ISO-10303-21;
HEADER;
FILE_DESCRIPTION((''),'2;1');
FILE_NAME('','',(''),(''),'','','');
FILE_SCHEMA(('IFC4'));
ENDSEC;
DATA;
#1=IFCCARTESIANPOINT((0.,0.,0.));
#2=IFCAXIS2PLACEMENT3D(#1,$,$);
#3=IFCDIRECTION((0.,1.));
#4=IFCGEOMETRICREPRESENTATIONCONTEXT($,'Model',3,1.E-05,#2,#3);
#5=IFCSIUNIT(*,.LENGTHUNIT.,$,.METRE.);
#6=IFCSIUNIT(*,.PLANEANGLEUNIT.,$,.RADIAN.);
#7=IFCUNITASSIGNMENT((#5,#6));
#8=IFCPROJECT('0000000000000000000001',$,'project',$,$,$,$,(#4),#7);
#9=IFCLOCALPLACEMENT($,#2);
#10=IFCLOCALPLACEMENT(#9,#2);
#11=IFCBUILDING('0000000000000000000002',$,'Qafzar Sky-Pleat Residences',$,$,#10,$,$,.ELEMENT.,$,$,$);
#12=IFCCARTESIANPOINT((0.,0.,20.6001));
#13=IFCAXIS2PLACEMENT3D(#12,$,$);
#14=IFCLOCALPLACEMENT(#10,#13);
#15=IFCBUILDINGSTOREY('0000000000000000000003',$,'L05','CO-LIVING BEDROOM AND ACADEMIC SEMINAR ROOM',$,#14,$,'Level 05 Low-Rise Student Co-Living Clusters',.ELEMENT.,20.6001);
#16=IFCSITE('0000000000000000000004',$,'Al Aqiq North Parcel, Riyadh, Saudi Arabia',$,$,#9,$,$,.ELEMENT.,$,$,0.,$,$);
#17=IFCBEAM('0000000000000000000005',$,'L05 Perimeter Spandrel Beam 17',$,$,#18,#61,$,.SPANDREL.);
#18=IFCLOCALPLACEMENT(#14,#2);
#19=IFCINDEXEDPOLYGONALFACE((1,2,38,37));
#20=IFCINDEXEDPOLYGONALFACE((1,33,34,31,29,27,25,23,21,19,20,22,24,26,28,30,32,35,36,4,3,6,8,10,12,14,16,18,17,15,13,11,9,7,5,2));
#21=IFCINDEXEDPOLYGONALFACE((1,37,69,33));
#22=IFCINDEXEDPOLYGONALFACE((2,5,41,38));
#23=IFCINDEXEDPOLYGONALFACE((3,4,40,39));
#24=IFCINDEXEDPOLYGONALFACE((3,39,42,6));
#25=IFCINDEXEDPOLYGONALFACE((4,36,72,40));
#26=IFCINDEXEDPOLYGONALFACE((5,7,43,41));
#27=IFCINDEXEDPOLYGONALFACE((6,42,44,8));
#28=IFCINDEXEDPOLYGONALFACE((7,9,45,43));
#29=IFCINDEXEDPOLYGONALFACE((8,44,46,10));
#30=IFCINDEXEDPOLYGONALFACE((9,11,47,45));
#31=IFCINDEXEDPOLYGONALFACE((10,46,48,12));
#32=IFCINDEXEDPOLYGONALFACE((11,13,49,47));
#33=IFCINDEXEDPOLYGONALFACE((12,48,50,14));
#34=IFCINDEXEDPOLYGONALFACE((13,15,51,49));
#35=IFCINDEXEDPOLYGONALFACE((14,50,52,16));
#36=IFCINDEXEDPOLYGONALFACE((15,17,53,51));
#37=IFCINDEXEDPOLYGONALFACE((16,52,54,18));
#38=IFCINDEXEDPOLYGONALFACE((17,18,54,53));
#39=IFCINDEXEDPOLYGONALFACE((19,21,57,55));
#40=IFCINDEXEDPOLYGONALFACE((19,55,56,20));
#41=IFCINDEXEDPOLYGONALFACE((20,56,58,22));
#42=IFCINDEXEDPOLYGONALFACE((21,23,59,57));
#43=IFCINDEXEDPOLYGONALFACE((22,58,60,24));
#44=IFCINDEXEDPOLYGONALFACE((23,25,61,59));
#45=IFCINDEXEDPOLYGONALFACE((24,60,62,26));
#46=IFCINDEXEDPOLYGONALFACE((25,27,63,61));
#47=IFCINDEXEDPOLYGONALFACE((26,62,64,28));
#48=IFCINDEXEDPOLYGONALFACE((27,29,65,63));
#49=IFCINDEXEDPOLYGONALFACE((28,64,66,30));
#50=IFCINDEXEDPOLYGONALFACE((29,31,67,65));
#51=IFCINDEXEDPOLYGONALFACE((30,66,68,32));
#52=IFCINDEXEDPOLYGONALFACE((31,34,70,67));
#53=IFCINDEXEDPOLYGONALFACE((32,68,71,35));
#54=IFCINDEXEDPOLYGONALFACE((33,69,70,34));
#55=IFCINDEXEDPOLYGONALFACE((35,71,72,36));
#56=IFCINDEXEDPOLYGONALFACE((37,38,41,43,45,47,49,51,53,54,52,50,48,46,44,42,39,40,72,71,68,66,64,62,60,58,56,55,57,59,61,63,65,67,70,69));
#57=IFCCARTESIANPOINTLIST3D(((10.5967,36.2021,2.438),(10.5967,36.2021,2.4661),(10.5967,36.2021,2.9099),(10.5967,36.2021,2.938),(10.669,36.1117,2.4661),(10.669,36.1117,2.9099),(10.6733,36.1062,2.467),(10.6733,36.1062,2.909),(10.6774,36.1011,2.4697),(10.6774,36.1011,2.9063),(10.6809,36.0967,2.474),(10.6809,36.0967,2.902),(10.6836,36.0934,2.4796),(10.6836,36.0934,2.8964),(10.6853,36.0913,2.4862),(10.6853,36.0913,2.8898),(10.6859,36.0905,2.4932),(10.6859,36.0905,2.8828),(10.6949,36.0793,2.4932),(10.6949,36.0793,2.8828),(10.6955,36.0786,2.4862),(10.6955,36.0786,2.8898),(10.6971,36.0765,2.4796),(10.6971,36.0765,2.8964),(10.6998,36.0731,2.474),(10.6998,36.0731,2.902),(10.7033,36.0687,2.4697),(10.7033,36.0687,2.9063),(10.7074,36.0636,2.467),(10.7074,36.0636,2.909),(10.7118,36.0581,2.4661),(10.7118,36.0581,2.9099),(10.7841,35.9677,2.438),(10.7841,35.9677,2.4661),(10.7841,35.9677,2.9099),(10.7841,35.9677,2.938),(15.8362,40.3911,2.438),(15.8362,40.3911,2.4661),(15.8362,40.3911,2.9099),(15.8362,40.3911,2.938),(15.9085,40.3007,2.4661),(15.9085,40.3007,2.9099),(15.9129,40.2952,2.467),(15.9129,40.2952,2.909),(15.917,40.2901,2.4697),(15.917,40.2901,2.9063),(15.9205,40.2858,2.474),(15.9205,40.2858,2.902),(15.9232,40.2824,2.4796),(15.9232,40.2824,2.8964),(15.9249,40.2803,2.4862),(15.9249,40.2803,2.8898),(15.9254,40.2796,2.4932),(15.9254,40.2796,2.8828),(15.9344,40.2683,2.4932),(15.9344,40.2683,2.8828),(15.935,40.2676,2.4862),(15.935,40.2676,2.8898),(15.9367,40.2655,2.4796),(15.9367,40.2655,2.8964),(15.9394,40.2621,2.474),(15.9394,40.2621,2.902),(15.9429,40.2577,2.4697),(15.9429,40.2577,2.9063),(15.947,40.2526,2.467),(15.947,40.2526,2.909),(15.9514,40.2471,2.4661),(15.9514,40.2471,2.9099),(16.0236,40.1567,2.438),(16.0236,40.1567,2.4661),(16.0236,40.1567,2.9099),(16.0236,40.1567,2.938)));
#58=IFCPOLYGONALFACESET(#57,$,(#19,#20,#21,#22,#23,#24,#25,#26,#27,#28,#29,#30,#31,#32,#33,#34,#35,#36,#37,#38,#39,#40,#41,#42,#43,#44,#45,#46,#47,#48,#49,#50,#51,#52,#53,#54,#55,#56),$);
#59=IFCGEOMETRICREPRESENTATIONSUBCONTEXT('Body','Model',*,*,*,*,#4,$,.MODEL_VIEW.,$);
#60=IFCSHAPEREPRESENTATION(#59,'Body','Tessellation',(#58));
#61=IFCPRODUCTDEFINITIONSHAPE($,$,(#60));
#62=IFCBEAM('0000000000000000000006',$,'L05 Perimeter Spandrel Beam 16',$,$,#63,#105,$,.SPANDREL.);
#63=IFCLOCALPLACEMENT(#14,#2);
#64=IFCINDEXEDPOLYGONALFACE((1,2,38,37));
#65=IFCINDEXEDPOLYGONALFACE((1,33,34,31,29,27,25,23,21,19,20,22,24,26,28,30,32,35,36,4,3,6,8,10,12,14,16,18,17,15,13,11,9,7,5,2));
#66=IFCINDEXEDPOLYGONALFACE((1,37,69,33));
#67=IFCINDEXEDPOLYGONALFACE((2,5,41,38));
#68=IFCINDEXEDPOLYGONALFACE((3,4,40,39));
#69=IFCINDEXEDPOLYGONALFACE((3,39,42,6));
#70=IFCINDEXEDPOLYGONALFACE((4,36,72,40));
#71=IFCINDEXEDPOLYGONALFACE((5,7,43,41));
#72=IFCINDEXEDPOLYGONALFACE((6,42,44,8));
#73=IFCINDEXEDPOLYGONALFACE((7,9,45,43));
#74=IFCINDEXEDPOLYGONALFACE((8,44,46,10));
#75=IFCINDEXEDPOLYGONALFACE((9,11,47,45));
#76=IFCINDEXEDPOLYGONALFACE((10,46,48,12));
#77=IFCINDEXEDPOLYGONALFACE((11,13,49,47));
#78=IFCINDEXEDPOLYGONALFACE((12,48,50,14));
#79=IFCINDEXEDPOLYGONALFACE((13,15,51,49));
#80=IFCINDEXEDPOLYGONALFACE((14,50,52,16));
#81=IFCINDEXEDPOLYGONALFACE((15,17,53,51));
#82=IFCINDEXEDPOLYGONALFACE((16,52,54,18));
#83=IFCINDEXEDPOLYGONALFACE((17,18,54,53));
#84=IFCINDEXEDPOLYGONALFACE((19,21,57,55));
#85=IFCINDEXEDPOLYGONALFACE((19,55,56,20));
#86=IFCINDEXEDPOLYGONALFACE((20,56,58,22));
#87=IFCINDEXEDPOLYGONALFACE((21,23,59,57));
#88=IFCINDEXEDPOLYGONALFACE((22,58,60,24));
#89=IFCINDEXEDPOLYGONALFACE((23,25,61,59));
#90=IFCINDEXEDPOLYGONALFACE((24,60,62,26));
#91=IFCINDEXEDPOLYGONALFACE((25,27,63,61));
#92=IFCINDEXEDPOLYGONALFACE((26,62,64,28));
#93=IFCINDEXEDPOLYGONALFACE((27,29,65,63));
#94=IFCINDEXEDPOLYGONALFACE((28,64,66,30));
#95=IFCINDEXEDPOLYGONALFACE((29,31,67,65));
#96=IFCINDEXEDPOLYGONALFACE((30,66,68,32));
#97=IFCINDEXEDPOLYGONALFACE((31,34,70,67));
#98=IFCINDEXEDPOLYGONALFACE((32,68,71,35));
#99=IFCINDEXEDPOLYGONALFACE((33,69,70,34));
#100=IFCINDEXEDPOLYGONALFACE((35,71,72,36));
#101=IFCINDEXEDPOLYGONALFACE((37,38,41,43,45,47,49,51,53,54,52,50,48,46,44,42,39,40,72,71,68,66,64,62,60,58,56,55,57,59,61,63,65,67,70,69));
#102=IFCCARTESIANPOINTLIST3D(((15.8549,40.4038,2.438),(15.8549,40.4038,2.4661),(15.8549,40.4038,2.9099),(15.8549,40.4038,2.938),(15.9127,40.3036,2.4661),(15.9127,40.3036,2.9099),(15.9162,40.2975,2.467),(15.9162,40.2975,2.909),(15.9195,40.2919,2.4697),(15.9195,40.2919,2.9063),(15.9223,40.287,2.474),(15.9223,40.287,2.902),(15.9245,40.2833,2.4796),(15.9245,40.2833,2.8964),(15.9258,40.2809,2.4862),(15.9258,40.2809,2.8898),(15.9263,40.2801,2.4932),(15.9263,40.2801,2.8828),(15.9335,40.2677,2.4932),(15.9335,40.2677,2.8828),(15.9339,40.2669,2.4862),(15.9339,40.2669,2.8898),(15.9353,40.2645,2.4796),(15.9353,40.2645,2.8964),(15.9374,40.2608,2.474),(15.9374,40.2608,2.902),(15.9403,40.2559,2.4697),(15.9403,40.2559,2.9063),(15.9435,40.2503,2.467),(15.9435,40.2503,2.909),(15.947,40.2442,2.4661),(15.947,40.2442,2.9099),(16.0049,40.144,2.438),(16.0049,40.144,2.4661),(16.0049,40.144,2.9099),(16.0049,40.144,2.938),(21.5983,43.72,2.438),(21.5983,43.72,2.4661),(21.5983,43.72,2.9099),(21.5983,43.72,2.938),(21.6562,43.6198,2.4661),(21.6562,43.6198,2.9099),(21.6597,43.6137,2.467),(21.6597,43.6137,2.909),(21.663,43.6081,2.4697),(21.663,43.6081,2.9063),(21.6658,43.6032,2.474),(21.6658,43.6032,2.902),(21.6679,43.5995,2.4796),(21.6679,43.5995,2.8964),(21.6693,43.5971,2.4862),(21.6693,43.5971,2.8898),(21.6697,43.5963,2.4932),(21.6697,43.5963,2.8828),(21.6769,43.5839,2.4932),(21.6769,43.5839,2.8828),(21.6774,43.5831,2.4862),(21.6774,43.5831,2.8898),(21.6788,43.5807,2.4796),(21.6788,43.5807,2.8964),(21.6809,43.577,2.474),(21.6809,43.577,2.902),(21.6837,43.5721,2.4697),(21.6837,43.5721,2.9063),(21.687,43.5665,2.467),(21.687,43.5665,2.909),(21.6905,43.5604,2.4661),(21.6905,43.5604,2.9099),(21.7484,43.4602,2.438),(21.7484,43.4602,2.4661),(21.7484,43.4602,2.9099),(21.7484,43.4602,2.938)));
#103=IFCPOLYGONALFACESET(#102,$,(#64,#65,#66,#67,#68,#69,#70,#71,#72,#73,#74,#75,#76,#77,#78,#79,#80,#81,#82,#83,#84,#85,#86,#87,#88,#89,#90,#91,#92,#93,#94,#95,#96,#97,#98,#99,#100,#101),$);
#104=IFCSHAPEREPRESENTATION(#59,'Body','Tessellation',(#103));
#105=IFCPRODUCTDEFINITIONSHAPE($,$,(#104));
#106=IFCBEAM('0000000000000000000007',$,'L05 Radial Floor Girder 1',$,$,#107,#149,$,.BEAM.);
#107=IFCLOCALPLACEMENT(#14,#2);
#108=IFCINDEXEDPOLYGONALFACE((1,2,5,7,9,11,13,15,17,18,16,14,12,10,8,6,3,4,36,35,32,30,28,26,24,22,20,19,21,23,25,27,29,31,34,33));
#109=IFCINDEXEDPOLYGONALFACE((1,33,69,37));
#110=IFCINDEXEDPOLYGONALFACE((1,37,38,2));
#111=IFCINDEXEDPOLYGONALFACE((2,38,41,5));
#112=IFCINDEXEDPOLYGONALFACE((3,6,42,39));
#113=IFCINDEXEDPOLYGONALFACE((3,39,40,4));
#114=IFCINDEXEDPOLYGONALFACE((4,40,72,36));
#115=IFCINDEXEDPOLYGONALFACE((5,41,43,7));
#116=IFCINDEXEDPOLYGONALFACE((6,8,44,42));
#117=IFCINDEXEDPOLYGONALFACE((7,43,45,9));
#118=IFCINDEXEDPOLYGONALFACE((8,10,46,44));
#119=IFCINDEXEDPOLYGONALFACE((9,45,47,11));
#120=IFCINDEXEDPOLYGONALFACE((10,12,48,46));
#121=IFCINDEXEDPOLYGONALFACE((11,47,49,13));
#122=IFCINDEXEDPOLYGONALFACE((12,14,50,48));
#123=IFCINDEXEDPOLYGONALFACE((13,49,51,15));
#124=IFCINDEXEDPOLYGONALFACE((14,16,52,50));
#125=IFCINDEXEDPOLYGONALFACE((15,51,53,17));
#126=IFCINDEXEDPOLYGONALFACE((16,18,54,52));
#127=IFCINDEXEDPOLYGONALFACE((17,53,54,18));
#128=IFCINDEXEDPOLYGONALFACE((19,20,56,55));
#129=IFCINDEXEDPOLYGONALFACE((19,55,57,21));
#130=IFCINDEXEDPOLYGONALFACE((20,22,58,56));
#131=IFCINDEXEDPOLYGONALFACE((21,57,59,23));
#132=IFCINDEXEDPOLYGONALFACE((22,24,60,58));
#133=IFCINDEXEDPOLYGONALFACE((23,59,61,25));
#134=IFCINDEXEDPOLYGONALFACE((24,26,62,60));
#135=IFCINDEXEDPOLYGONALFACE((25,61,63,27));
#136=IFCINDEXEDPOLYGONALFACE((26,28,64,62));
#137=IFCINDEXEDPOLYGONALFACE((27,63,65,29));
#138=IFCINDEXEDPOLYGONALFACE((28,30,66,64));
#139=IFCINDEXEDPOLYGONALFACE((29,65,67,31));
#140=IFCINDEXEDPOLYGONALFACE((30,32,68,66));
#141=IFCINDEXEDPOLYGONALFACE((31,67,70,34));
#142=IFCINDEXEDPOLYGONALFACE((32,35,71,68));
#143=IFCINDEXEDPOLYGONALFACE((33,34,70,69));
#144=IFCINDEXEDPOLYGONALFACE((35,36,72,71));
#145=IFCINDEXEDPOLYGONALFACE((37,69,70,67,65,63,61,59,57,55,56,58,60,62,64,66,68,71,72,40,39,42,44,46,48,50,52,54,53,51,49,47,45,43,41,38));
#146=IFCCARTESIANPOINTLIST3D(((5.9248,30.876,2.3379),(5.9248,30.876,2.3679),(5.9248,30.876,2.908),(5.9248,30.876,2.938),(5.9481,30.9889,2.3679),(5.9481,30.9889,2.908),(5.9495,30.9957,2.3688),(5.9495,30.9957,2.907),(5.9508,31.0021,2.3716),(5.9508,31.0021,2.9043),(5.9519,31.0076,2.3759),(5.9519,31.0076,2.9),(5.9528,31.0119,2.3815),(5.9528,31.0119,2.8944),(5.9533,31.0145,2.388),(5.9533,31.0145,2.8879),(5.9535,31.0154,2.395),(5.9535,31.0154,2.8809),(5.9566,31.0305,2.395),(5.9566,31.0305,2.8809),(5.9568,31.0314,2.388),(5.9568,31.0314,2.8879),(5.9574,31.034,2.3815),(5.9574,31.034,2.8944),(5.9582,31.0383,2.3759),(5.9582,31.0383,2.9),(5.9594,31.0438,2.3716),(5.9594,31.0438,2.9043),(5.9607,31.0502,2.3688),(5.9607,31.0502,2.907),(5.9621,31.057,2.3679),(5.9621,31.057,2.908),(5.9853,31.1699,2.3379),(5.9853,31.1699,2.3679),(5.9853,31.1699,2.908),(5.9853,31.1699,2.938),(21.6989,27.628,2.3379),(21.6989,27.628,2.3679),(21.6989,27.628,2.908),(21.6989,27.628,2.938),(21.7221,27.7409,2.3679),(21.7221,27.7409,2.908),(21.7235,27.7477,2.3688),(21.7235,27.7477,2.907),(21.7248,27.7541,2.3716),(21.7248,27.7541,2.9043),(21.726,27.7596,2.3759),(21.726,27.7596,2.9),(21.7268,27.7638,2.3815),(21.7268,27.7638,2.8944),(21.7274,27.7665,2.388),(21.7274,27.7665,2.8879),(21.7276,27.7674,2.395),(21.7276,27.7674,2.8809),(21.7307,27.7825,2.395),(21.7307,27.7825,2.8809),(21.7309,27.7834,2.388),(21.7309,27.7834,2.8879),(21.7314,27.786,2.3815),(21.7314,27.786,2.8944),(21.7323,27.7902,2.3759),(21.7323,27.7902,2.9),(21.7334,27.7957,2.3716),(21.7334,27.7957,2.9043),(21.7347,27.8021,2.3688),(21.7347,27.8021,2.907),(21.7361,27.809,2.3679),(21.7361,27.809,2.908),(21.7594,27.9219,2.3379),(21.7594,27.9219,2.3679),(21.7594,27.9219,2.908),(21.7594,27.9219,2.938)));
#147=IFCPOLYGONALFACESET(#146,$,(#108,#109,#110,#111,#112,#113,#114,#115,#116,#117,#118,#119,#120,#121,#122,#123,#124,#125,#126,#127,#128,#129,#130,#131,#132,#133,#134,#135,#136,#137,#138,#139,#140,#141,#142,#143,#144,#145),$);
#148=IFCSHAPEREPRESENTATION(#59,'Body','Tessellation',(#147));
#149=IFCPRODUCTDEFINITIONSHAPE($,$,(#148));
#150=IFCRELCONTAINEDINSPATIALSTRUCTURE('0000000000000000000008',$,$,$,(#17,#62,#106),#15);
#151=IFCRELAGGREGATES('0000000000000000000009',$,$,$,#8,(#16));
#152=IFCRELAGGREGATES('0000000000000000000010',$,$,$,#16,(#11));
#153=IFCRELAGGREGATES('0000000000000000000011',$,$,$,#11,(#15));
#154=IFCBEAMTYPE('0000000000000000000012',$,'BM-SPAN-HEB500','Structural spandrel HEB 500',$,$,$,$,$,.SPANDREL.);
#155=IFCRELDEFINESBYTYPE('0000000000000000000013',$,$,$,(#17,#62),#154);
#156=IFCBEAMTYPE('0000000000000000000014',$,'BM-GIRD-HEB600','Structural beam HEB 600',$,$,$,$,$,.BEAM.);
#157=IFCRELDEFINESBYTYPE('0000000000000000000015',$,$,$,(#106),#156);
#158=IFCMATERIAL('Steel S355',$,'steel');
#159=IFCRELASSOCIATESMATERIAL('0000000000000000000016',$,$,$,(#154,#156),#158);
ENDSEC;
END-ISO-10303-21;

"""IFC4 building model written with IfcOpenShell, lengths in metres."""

from ifc_helpers import new_model, si_unit, direction, frame, origin, origin_2d, place, context, subcontext, project, spatial, i_section, extrude, source, transform, mapped, material, material_profile, profile_set, type_object, element, save


model = new_model("IFC4")

# Units and contexts
model_context = context("Model", 3, precision=1e-05, world=origin(), true_north=direction((0.0, 1.0)))
body_context = subcontext(model_context, "Body", "Model", "MODEL_VIEW")
ifc_project = project(units=[si_unit("LENGTHUNIT", "METRE"), si_unit("PLANEANGLEUNIT", "RADIAN")], contexts=[model_context])

# Site, building, storey
site_placement = place(None, origin())
site = spatial("IfcSite", under=ifc_project, at=site_placement, Name="Al Aqiq North Parcel, Riyadh, Saudi Arabia", CompositionType="ELEMENT", RefElevation=0.0)
building_placement = place(site_placement, origin())
building = spatial("IfcBuilding", under=site, at=building_placement, Name="Qafzar Sky-Pleat Residences", CompositionType="ELEMENT")
storey_placement = place(building_placement, frame((0.0, 0.0, 20.6001)))
storey = spatial("IfcBuildingStorey", under=building, at=storey_placement, Name="L05", Description="CO-LIVING BEDROOM AND ACADEMIC SEMINAR ROOM", LongName="Level 05 Low-Rise Student Co-Living Clusters", CompositionType="ELEMENT", Elevation=20.6001)

# Beams
ifc_material_1 = material(Name="Steel S355", Category="steel")
ifc_material_profile_1 = material_profile(ifc_material_1, i_section(OverallWidth=0.3, OverallDepth=0.5, WebThickness=0.0144, FlangeThickness=0.0281, FilletRadius=0.0271, at=origin_2d()), Name="HEB 500")
ifc_profile_set_1 = profile_set([ifc_material_profile_1], Name="Steel S355")
beam_type_1 = type_object("IfcBeamType", Name="BM-SPAN-HEB500", Description="Structural spandrel HEB 500", PredefinedType="SPANDREL", material=ifc_profile_set_1)
shared_shape_1 = source(origin(), body_context, "Body", "SweptSolid", [
    extrude(i_section(OverallWidth=0.3, OverallDepth=0.5, WebThickness=0.0144, FlangeThickness=0.0281, FilletRadius=0.0271, at=origin_2d()), origin(), (0.0, 0.0, 1.0), 6.7083),
])
beam_1_placement = place(storey_placement, frame((15.9299, 40.2739, 2.688), z_axis=(-0.781061, -0.624455, 0.0), x_axis=(0.624455, -0.781061, 0.0)))
element("IfcBeam", 1, at=beam_1_placement, inside=storey, type_object=beam_type_1, Name="L05 Perimeter Spandrel Beam 17", PredefinedType="SPANDREL", context=body_context, shape_type="MappedRepresentation", body=[
    mapped(shared_shape_1, transform((0.0, 0.0, 0.0), x_axis=(1.0, 0.0, 0.0), y_axis=(0.0, 1.0, 0.0), z_axis=(0.0, 0.0, 1.0), scale=1.0)),
])
shared_shape_2 = source(origin(), body_context, "Body", "SweptSolid", [
    extrude(i_section(OverallWidth=0.3, OverallDepth=0.5, WebThickness=0.0144, FlangeThickness=0.0281, FilletRadius=0.0271, at=origin_2d()), origin(), (0.0, 0.0, 1.0), 6.6321),
])
beam_2_placement = place(storey_placement, frame((21.6733, 43.5901, 2.688), z_axis=(-0.866012, -0.500023, 0.0), x_axis=(0.500023, -0.866012, 0.0)))
element("IfcBeam", 2, at=beam_2_placement, inside=storey, type_object=beam_type_1, Name="L05 Perimeter Spandrel Beam 16", PredefinedType="SPANDREL", context=body_context, shape_type="MappedRepresentation", body=[
    mapped(shared_shape_2, transform((0.0, 0.0, 0.0), x_axis=(1.0, 0.0, 0.0), y_axis=(0.0, 1.0, 0.0), z_axis=(0.0, 0.0, 1.0), scale=1.0)),
])
ifc_material_profile_2 = material_profile(ifc_material_1, i_section(OverallWidth=0.3, OverallDepth=0.6001, WebThickness=0.0154, FlangeThickness=0.03, FilletRadius=0.0271, at=origin_2d()), Name="HEB 600")
ifc_profile_set_2 = profile_set([ifc_material_profile_2], Name="Steel S355")
beam_type_2 = type_object("IfcBeamType", Name="BM-GIRD-HEB600", Description="Structural beam HEB 600", PredefinedType="BEAM", material=ifc_profile_set_2)
shared_shape_3 = source(origin(), body_context, "Body", "SweptSolid", [
    extrude(i_section(OverallWidth=0.3, OverallDepth=0.6001, WebThickness=0.0154, FlangeThickness=0.03, FilletRadius=0.0271, at=origin_2d()), origin(), (0.0, 0.0, 1.0), 16.105),
])
beam_3_placement = place(storey_placement, frame((5.9551, 31.0229, 2.6379), z_axis=(0.979452, -0.201678, 0.0), x_axis=(0.201678, 0.979452, 0.0)))
element("IfcBeam", 3, at=beam_3_placement, inside=storey, type_object=beam_type_2, Name="L05 Radial Floor Girder 1", PredefinedType="BEAM", context=body_context, shape_type="MappedRepresentation", body=[
    mapped(shared_shape_3, transform((0.0, 0.0, 0.0), x_axis=(1.0, 0.0, 0.0), y_axis=(0.0, 1.0, 0.0), z_axis=(0.0, 0.0, 1.0), scale=1.0)),
])

save(model, "model.ifc")
